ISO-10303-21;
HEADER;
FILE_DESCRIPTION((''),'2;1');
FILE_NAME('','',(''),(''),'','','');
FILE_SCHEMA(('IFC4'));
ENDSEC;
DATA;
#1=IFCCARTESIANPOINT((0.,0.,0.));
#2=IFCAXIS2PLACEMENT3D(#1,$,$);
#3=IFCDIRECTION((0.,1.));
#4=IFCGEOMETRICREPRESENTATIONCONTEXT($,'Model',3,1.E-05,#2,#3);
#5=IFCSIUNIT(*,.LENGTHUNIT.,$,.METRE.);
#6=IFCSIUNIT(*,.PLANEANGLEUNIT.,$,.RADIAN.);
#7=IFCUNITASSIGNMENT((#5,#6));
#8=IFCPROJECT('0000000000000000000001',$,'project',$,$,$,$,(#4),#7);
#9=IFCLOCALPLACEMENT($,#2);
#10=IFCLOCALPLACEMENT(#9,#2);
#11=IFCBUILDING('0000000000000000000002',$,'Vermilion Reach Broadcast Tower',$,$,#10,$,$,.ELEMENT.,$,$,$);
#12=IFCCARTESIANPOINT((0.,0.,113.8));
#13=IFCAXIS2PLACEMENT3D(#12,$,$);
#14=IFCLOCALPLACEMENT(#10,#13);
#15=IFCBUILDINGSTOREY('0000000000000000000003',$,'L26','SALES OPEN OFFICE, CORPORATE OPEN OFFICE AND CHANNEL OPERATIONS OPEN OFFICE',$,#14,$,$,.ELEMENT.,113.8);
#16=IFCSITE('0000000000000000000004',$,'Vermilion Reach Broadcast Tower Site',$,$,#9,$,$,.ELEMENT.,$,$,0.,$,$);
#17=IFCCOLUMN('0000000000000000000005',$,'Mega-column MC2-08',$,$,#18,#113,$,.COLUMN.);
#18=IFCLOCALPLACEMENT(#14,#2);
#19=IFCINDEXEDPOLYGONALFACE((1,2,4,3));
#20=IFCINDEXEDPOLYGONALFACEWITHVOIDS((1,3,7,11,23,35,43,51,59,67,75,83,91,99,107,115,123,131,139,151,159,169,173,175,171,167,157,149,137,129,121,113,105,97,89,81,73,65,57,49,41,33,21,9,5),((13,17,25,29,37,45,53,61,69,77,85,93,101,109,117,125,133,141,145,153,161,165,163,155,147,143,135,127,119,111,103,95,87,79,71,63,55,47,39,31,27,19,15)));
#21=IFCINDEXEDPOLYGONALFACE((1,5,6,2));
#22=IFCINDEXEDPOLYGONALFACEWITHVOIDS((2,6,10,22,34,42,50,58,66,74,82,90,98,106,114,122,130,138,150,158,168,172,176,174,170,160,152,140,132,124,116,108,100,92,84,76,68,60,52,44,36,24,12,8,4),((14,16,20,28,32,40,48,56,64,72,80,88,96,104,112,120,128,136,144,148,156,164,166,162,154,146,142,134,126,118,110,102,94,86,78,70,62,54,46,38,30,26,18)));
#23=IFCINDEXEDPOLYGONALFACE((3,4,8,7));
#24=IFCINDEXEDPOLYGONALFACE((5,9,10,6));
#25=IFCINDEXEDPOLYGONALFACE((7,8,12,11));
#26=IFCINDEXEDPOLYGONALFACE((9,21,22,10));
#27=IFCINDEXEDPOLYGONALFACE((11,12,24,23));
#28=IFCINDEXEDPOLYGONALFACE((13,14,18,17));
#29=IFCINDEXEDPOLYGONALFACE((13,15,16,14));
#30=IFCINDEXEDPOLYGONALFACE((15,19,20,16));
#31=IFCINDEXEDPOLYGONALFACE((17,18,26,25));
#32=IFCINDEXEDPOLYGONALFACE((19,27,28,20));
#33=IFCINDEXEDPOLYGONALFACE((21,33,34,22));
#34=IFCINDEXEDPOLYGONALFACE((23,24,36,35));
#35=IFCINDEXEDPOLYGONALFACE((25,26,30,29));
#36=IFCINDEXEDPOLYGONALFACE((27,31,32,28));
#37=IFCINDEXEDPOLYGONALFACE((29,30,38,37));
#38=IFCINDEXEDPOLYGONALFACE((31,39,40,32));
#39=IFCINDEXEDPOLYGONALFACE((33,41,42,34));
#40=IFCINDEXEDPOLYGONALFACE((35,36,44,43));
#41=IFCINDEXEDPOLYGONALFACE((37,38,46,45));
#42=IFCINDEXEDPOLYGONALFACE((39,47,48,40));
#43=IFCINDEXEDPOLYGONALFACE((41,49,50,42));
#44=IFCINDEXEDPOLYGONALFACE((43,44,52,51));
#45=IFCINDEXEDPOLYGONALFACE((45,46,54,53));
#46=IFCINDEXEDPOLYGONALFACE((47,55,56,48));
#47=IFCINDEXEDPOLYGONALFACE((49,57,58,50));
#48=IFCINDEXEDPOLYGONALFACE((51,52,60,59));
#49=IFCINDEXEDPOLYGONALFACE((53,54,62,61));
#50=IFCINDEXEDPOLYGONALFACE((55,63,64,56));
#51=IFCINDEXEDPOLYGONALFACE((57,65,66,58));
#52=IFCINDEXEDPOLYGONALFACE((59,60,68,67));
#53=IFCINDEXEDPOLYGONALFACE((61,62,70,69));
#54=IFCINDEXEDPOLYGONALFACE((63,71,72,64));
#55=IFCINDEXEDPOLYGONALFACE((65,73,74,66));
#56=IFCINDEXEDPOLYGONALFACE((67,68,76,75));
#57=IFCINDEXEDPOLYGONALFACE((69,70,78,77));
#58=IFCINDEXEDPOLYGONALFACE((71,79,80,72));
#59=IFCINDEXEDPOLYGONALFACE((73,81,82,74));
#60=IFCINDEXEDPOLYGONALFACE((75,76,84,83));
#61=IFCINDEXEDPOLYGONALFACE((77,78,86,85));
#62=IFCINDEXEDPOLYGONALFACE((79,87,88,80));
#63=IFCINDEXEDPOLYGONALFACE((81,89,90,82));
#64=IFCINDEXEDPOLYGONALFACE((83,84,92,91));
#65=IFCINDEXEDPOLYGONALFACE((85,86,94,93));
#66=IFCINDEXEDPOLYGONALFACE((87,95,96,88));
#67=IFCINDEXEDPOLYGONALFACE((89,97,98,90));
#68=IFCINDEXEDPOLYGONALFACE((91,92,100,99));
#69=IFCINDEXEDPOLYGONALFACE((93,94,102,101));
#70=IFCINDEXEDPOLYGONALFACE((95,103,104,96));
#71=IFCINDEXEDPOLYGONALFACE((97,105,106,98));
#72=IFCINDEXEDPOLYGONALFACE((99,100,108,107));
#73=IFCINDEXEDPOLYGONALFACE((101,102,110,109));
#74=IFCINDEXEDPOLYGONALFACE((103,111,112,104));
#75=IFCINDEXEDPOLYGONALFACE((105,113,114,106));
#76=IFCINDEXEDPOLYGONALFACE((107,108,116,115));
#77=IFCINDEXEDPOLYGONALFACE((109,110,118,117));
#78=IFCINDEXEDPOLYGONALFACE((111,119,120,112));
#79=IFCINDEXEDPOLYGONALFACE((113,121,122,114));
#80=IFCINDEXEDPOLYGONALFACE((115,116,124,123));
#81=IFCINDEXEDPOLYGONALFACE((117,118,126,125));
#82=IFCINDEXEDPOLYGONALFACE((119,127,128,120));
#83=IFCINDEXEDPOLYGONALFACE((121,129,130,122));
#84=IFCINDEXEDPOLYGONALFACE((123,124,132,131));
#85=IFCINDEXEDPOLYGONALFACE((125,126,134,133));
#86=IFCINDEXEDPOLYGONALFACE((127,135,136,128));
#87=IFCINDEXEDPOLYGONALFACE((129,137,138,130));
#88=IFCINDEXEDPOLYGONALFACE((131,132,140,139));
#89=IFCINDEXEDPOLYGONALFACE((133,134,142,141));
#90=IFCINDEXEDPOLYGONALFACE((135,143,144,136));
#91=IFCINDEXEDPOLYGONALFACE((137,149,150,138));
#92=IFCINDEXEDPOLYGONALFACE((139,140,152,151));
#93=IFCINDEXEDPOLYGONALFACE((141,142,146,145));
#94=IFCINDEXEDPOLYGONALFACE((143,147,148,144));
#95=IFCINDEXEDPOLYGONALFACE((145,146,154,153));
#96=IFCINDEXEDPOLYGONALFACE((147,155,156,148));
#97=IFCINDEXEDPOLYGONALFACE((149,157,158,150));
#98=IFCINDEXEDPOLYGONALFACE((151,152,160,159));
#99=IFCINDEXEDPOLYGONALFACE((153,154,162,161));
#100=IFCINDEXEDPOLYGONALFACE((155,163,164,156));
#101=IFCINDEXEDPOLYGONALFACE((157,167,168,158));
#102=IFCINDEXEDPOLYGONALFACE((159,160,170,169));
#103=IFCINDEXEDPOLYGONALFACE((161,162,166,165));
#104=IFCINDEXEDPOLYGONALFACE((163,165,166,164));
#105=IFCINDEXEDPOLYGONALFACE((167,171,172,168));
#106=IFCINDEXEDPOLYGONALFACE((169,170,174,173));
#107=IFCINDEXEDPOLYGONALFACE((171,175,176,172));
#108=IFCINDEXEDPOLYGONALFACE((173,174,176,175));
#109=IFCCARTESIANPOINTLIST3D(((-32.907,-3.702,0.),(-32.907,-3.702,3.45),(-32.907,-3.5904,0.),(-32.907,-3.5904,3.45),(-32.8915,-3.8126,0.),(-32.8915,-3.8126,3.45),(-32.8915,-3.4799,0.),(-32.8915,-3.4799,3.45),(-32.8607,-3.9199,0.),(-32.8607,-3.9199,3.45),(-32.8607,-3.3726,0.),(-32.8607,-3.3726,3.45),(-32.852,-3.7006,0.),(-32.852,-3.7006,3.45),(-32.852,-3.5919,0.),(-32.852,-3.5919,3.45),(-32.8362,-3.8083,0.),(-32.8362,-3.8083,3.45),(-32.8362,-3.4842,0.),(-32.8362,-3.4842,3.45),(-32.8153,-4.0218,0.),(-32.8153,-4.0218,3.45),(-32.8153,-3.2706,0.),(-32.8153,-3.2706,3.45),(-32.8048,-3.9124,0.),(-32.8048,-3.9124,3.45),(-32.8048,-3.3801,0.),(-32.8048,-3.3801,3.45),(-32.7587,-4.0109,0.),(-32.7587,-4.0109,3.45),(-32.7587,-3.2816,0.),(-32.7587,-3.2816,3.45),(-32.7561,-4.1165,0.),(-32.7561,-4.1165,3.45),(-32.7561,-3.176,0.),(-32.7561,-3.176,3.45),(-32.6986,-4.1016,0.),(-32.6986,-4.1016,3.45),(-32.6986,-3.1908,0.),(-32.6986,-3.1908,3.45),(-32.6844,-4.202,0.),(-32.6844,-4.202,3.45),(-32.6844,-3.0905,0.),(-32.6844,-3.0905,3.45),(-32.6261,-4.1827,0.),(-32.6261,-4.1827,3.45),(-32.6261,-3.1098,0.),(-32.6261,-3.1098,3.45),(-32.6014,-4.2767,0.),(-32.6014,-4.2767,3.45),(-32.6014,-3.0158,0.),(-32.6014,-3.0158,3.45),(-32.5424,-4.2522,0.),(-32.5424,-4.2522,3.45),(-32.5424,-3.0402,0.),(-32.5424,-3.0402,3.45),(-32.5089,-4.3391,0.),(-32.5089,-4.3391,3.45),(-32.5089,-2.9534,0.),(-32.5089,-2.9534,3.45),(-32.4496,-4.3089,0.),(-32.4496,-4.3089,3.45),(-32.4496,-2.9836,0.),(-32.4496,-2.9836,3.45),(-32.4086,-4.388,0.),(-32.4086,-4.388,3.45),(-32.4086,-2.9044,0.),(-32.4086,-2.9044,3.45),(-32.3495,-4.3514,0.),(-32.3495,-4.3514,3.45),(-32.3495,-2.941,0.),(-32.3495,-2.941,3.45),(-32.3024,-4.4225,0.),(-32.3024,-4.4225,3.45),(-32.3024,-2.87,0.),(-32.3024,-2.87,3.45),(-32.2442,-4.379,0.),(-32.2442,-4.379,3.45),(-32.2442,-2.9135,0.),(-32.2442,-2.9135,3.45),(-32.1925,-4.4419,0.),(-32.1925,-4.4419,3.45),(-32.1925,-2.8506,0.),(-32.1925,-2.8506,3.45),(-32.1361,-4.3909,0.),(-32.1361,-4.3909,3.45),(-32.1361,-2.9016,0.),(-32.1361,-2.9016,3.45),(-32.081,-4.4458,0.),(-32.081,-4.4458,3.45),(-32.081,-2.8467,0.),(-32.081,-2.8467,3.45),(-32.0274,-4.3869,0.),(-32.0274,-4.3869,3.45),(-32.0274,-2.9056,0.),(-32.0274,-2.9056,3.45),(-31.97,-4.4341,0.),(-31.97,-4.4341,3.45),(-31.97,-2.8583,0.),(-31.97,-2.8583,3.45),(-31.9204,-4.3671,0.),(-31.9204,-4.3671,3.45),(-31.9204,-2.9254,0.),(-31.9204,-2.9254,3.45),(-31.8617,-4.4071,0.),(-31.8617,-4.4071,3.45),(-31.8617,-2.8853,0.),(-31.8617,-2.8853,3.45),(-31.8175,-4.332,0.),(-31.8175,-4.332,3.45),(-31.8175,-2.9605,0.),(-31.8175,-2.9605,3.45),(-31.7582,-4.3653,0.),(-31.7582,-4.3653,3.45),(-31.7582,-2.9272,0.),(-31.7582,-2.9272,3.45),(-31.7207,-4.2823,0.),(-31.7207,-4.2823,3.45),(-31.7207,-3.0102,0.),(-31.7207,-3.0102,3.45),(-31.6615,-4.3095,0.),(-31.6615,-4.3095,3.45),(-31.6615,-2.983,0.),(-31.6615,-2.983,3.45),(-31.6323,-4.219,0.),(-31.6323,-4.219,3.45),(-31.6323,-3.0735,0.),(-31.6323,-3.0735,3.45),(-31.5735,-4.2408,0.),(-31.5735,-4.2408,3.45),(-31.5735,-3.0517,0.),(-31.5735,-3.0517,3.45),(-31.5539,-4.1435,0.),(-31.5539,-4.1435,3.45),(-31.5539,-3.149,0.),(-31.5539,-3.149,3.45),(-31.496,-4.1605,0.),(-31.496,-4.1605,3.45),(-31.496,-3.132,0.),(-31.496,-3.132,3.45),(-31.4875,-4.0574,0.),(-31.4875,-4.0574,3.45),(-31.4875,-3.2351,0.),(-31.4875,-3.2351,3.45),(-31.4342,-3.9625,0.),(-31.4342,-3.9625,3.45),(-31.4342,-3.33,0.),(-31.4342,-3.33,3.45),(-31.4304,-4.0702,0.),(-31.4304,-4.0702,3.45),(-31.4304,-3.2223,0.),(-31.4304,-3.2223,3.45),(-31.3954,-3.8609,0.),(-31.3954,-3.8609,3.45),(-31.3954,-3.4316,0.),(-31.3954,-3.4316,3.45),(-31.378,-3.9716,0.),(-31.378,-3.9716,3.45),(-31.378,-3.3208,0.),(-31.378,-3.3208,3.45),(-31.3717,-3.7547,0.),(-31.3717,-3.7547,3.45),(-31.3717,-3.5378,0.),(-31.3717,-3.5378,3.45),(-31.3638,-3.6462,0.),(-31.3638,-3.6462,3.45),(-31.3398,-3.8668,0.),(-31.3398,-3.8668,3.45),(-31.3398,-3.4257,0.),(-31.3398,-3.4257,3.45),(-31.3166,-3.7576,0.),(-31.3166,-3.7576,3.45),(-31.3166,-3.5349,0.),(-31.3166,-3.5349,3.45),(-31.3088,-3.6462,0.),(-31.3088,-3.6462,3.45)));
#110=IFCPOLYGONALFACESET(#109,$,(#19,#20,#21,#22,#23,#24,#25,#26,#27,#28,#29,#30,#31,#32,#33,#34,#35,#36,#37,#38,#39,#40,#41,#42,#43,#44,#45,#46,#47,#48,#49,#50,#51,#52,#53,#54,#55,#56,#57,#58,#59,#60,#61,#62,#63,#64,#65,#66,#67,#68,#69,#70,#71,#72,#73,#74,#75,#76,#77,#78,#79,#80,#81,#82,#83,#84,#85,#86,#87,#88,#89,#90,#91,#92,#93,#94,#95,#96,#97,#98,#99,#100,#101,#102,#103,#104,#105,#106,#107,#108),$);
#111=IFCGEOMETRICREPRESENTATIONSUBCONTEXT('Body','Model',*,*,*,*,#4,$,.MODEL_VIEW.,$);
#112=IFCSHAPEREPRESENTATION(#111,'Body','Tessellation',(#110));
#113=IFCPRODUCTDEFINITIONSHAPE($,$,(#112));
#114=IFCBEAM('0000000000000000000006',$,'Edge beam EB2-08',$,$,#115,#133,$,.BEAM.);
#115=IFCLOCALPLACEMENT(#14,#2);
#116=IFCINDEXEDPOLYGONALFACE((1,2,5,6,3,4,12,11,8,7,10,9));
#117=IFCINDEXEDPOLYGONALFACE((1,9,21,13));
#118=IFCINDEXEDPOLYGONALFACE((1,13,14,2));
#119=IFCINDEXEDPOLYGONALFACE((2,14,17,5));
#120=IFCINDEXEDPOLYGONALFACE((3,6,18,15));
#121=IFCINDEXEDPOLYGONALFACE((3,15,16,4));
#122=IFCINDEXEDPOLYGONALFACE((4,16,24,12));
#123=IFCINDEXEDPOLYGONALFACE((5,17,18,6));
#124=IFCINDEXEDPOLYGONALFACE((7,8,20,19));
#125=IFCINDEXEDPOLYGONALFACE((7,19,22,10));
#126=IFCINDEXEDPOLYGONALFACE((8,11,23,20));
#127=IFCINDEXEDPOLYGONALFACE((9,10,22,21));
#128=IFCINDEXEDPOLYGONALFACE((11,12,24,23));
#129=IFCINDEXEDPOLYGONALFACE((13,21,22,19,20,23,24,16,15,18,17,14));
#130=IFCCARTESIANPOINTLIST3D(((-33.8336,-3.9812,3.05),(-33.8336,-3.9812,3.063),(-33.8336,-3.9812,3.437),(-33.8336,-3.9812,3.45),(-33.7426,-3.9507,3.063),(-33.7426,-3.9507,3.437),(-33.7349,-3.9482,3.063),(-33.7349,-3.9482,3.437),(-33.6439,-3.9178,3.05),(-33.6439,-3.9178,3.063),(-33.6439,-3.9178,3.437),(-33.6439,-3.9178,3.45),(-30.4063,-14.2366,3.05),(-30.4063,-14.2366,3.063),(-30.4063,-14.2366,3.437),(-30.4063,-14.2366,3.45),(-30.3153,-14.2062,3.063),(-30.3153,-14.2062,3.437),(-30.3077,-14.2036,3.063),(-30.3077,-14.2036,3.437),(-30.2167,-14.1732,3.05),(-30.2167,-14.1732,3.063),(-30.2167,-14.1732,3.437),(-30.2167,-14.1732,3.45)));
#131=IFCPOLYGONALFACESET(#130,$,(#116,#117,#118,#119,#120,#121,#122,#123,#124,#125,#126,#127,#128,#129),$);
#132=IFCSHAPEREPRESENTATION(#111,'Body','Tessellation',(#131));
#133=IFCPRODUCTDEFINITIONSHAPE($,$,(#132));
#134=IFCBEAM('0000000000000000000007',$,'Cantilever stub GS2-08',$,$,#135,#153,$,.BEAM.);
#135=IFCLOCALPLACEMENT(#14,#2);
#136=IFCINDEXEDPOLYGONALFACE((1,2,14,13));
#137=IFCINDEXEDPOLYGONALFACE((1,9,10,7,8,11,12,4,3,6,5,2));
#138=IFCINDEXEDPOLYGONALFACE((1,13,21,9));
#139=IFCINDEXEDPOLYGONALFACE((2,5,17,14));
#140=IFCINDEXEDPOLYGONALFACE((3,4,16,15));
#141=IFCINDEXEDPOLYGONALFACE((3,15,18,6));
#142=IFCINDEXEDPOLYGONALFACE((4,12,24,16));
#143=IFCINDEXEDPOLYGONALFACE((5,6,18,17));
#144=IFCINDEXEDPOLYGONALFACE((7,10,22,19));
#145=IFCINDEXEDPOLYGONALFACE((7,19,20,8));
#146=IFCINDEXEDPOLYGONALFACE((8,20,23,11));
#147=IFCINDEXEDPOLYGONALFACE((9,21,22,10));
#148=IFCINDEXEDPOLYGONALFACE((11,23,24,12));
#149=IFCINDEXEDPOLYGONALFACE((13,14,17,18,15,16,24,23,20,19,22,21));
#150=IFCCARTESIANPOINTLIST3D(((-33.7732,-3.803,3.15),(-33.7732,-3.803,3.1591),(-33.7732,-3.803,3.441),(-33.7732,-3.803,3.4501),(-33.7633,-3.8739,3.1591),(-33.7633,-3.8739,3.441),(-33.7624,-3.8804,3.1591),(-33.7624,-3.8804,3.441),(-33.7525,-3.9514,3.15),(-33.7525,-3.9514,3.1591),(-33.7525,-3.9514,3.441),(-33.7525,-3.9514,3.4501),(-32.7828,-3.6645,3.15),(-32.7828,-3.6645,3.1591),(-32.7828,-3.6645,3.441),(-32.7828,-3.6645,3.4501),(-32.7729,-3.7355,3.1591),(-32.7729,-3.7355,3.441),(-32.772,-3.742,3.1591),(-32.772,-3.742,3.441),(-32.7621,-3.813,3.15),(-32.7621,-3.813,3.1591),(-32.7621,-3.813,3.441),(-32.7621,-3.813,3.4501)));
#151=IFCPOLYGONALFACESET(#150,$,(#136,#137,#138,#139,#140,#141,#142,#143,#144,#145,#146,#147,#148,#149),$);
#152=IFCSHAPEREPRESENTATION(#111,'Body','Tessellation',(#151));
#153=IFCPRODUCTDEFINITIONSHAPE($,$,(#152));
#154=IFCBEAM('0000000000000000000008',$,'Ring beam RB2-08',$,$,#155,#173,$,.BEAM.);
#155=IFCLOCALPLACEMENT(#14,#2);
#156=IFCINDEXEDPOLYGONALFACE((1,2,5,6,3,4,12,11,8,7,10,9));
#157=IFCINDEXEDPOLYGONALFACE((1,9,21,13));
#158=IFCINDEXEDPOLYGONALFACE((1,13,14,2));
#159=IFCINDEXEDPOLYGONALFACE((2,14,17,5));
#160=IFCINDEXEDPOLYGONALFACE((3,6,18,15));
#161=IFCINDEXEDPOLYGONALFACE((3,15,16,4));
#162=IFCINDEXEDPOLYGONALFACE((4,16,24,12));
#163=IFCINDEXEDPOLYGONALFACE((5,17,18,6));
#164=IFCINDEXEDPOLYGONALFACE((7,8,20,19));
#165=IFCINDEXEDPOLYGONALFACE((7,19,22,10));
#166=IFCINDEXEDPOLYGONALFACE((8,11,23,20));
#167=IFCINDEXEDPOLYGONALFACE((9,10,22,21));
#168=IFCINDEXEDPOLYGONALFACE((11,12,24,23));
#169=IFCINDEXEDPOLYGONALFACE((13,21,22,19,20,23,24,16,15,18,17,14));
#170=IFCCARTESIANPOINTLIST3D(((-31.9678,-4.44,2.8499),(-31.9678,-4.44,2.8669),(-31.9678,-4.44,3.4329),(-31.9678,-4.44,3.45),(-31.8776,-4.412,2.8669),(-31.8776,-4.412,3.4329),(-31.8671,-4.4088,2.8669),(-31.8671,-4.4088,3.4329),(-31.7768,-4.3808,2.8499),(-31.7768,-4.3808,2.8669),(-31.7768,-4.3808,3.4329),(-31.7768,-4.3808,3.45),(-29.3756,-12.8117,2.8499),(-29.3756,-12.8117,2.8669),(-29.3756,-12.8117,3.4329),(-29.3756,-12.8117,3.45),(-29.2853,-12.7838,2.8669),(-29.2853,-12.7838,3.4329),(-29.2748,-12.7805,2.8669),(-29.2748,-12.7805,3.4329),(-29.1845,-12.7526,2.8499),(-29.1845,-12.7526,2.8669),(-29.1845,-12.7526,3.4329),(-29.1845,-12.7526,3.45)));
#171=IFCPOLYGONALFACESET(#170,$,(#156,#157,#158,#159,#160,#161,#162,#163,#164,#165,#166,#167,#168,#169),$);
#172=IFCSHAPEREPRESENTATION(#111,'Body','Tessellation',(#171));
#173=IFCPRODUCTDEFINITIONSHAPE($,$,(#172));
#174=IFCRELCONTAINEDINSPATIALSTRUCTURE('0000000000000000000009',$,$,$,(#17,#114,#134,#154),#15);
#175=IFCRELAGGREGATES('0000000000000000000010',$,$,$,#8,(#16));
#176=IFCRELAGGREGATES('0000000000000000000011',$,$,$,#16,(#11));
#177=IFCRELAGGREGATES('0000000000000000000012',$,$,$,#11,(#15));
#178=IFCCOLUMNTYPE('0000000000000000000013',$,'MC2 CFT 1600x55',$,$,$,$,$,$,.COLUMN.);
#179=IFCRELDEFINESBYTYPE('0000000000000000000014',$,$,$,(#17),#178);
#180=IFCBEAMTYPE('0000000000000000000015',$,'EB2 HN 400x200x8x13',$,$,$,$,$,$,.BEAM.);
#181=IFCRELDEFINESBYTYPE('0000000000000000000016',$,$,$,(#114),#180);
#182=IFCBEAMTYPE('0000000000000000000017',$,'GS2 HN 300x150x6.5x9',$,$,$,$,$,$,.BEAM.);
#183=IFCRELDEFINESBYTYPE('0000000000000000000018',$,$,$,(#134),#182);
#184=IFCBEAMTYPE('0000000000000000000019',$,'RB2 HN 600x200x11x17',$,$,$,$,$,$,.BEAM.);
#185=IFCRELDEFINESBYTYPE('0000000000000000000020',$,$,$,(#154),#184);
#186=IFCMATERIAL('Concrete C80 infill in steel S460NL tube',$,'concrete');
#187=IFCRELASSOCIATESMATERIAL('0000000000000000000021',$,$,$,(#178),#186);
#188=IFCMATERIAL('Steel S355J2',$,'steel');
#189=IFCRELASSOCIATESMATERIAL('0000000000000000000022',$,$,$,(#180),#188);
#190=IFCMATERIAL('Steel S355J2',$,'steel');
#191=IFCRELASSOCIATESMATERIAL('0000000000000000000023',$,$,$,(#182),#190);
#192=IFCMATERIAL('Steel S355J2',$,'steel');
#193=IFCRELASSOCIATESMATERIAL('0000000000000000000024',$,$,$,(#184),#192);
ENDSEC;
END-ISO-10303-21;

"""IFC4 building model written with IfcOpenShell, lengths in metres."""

from ifc_helpers import new_model, si_unit, direction, frame, origin, origin_2d, place, context, subcontext, project, spatial, hollow_circle, i_section, extrude, material, material_profile, profile_set, type_object, element, save


model = new_model("IFC4")

# Units and contexts
model_context = context("Model", 3, precision=1e-05, world=origin(), true_north=direction((0.0, 1.0)))
body_context = subcontext(model_context, "Body", "Model", "MODEL_VIEW")
ifc_project = project(units=[si_unit("LENGTHUNIT", "METRE"), si_unit("PLANEANGLEUNIT", "RADIAN")], contexts=[model_context])

# Site, building, storey
site_placement = place(None, origin())
site = spatial("IfcSite", under=ifc_project, at=site_placement, Name="Vermilion Reach Broadcast Tower Site", CompositionType="ELEMENT", RefElevation=0.0)
building_placement = place(site_placement, origin())
building = spatial("IfcBuilding", under=site, at=building_placement, Name="Vermilion Reach Broadcast Tower", CompositionType="ELEMENT")
storey_placement = place(building_placement, frame((0.0, 0.0, 113.8)))
storey = spatial("IfcBuildingStorey", under=building, at=storey_placement, Name="L26", Description="SALES OPEN OFFICE, CORPORATE OPEN OFFICE AND CHANNEL OPERATIONS OPEN OFFICE", CompositionType="ELEMENT", Elevation=113.8)

# Column
ifc_material_1 = material(Name="Concrete C80 infill in steel S460NL tube", Category="concrete")
ifc_material_profile_1 = material_profile(ifc_material_1, hollow_circle(Radius=0.8, WallThickness=0.0549, at=origin_2d()), Name="Concrete C80 infill in steel S460NL tube CFT 1600x55")
ifc_profile_set_1 = profile_set([ifc_material_profile_1], Name="Concrete C80 infill in steel S460NL tube")
column_type = type_object("IfcColumnType", Name="MC2 CFT 1600x55", PredefinedType="COLUMN", material=ifc_profile_set_1)
column_placement = place(storey_placement, frame((-32.1089, -3.6462, 0.0), z_axis=(0.0, 0.0, 1.0), x_axis=(1.0, 0.0, 0.0)))
element("IfcColumn", 1, at=column_placement, inside=storey, type_object=column_type, Name="Mega-column MC2-08", PredefinedType="COLUMN", context=body_context, shape_type="SweptSolid", body=[
    extrude(hollow_circle(Radius=0.8, WallThickness=0.0549, at=origin_2d()), origin(), (0.0, 0.0, 1.0), 3.45),
])

# Beams
ifc_material_2 = material(Name="Steel S355J2", Category="steel")
ifc_material_profile_2 = material_profile(ifc_material_2, i_section(OverallWidth=0.2, OverallDepth=0.3999, WebThickness=0.0081, FlangeThickness=0.0129, at=origin_2d()), Name="S355J2 HN 400x200x8x13")
ifc_profile_set_2 = profile_set([ifc_material_profile_2], Name="Steel S355J2")
beam_type_1 = type_object("IfcBeamType", Name="EB2 HN 400x200x8x13", PredefinedType="BEAM", material=ifc_profile_set_2)
beam_1_placement = place(storey_placement, frame((-33.7388, -3.9495, 3.25), z_axis=(0.316959, -0.948439, 0.0), x_axis=(0.948439, 0.316959, 0.0)))
element("IfcBeam", 2, at=beam_1_placement, inside=storey, type_object=beam_type_1, Name="Edge beam EB2-08", PredefinedType="BEAM", context=body_context, shape_type="SweptSolid", body=[
    extrude(i_section(OverallWidth=0.2, OverallDepth=0.3999, WebThickness=0.0081, FlangeThickness=0.0129, at=origin_2d()), origin(), (0.0, 0.0, 1.0), 10.813),
])
ifc_material_3 = material(Name="Steel S355J2", Category="steel")
ifc_material_profile_3 = material_profile(ifc_material_3, i_section(OverallWidth=0.1499, OverallDepth=0.3, WebThickness=0.0066, FlangeThickness=0.009, at=origin_2d()), Name="S355J2 HN 300x150x6.5x9")
ifc_profile_set_3 = profile_set([ifc_material_profile_3], Name="Steel S355J2")
beam_type_2 = type_object("IfcBeamType", Name="GS2 HN 300x150x6.5x9", PredefinedType="BEAM", material=ifc_profile_set_3)
beam_2_placement = place(storey_placement, frame((-32.7725, -3.7388, 3.3), z_axis=(-0.990375, -0.138413, 0.0), x_axis=(0.138413, -0.990375, 0.0)))
element("IfcBeam", 3, at=beam_2_placement, inside=storey, type_object=beam_type_2, Name="Cantilever stub GS2-08", PredefinedType="BEAM", context=body_context, shape_type="SweptSolid", body=[
    extrude(i_section(OverallWidth=0.1499, OverallDepth=0.3, WebThickness=0.0066, FlangeThickness=0.009, at=origin_2d()), origin(), (0.0, 0.0, 1.0), 1.0),
])
ifc_material_4 = material(Name="Steel S355J2", Category="steel")
ifc_material_profile_4 = material_profile(ifc_material_4, i_section(OverallWidth=0.2, OverallDepth=0.6001, WebThickness=0.011, FlangeThickness=0.0171, at=origin_2d()), Name="S355J2 HN 600x200x11x17")
ifc_profile_set_4 = profile_set([ifc_material_profile_4], Name="Steel S355J2")
beam_type_3 = type_object("IfcBeamType", Name="RB2 HN 600x200x11x17", PredefinedType="BEAM", material=ifc_profile_set_4)
beam_3_placement = place(storey_placement, frame((-31.8723, -4.4104, 3.1499), z_axis=(0.295788, -0.955253, 0.0), x_axis=(0.955253, 0.295788, 0.0)))
element("IfcBeam", 4, at=beam_3_placement, inside=storey, type_object=beam_type_3, Name="Ring beam RB2-08", PredefinedType="BEAM", context=body_context, shape_type="SweptSolid", body=[
    extrude(i_section(OverallWidth=0.2, OverallDepth=0.6001, WebThickness=0.011, FlangeThickness=0.0171, at=origin_2d()), origin(), (0.0, 0.0, 1.0), 8.7639),
])

save(model, "model.ifc")
